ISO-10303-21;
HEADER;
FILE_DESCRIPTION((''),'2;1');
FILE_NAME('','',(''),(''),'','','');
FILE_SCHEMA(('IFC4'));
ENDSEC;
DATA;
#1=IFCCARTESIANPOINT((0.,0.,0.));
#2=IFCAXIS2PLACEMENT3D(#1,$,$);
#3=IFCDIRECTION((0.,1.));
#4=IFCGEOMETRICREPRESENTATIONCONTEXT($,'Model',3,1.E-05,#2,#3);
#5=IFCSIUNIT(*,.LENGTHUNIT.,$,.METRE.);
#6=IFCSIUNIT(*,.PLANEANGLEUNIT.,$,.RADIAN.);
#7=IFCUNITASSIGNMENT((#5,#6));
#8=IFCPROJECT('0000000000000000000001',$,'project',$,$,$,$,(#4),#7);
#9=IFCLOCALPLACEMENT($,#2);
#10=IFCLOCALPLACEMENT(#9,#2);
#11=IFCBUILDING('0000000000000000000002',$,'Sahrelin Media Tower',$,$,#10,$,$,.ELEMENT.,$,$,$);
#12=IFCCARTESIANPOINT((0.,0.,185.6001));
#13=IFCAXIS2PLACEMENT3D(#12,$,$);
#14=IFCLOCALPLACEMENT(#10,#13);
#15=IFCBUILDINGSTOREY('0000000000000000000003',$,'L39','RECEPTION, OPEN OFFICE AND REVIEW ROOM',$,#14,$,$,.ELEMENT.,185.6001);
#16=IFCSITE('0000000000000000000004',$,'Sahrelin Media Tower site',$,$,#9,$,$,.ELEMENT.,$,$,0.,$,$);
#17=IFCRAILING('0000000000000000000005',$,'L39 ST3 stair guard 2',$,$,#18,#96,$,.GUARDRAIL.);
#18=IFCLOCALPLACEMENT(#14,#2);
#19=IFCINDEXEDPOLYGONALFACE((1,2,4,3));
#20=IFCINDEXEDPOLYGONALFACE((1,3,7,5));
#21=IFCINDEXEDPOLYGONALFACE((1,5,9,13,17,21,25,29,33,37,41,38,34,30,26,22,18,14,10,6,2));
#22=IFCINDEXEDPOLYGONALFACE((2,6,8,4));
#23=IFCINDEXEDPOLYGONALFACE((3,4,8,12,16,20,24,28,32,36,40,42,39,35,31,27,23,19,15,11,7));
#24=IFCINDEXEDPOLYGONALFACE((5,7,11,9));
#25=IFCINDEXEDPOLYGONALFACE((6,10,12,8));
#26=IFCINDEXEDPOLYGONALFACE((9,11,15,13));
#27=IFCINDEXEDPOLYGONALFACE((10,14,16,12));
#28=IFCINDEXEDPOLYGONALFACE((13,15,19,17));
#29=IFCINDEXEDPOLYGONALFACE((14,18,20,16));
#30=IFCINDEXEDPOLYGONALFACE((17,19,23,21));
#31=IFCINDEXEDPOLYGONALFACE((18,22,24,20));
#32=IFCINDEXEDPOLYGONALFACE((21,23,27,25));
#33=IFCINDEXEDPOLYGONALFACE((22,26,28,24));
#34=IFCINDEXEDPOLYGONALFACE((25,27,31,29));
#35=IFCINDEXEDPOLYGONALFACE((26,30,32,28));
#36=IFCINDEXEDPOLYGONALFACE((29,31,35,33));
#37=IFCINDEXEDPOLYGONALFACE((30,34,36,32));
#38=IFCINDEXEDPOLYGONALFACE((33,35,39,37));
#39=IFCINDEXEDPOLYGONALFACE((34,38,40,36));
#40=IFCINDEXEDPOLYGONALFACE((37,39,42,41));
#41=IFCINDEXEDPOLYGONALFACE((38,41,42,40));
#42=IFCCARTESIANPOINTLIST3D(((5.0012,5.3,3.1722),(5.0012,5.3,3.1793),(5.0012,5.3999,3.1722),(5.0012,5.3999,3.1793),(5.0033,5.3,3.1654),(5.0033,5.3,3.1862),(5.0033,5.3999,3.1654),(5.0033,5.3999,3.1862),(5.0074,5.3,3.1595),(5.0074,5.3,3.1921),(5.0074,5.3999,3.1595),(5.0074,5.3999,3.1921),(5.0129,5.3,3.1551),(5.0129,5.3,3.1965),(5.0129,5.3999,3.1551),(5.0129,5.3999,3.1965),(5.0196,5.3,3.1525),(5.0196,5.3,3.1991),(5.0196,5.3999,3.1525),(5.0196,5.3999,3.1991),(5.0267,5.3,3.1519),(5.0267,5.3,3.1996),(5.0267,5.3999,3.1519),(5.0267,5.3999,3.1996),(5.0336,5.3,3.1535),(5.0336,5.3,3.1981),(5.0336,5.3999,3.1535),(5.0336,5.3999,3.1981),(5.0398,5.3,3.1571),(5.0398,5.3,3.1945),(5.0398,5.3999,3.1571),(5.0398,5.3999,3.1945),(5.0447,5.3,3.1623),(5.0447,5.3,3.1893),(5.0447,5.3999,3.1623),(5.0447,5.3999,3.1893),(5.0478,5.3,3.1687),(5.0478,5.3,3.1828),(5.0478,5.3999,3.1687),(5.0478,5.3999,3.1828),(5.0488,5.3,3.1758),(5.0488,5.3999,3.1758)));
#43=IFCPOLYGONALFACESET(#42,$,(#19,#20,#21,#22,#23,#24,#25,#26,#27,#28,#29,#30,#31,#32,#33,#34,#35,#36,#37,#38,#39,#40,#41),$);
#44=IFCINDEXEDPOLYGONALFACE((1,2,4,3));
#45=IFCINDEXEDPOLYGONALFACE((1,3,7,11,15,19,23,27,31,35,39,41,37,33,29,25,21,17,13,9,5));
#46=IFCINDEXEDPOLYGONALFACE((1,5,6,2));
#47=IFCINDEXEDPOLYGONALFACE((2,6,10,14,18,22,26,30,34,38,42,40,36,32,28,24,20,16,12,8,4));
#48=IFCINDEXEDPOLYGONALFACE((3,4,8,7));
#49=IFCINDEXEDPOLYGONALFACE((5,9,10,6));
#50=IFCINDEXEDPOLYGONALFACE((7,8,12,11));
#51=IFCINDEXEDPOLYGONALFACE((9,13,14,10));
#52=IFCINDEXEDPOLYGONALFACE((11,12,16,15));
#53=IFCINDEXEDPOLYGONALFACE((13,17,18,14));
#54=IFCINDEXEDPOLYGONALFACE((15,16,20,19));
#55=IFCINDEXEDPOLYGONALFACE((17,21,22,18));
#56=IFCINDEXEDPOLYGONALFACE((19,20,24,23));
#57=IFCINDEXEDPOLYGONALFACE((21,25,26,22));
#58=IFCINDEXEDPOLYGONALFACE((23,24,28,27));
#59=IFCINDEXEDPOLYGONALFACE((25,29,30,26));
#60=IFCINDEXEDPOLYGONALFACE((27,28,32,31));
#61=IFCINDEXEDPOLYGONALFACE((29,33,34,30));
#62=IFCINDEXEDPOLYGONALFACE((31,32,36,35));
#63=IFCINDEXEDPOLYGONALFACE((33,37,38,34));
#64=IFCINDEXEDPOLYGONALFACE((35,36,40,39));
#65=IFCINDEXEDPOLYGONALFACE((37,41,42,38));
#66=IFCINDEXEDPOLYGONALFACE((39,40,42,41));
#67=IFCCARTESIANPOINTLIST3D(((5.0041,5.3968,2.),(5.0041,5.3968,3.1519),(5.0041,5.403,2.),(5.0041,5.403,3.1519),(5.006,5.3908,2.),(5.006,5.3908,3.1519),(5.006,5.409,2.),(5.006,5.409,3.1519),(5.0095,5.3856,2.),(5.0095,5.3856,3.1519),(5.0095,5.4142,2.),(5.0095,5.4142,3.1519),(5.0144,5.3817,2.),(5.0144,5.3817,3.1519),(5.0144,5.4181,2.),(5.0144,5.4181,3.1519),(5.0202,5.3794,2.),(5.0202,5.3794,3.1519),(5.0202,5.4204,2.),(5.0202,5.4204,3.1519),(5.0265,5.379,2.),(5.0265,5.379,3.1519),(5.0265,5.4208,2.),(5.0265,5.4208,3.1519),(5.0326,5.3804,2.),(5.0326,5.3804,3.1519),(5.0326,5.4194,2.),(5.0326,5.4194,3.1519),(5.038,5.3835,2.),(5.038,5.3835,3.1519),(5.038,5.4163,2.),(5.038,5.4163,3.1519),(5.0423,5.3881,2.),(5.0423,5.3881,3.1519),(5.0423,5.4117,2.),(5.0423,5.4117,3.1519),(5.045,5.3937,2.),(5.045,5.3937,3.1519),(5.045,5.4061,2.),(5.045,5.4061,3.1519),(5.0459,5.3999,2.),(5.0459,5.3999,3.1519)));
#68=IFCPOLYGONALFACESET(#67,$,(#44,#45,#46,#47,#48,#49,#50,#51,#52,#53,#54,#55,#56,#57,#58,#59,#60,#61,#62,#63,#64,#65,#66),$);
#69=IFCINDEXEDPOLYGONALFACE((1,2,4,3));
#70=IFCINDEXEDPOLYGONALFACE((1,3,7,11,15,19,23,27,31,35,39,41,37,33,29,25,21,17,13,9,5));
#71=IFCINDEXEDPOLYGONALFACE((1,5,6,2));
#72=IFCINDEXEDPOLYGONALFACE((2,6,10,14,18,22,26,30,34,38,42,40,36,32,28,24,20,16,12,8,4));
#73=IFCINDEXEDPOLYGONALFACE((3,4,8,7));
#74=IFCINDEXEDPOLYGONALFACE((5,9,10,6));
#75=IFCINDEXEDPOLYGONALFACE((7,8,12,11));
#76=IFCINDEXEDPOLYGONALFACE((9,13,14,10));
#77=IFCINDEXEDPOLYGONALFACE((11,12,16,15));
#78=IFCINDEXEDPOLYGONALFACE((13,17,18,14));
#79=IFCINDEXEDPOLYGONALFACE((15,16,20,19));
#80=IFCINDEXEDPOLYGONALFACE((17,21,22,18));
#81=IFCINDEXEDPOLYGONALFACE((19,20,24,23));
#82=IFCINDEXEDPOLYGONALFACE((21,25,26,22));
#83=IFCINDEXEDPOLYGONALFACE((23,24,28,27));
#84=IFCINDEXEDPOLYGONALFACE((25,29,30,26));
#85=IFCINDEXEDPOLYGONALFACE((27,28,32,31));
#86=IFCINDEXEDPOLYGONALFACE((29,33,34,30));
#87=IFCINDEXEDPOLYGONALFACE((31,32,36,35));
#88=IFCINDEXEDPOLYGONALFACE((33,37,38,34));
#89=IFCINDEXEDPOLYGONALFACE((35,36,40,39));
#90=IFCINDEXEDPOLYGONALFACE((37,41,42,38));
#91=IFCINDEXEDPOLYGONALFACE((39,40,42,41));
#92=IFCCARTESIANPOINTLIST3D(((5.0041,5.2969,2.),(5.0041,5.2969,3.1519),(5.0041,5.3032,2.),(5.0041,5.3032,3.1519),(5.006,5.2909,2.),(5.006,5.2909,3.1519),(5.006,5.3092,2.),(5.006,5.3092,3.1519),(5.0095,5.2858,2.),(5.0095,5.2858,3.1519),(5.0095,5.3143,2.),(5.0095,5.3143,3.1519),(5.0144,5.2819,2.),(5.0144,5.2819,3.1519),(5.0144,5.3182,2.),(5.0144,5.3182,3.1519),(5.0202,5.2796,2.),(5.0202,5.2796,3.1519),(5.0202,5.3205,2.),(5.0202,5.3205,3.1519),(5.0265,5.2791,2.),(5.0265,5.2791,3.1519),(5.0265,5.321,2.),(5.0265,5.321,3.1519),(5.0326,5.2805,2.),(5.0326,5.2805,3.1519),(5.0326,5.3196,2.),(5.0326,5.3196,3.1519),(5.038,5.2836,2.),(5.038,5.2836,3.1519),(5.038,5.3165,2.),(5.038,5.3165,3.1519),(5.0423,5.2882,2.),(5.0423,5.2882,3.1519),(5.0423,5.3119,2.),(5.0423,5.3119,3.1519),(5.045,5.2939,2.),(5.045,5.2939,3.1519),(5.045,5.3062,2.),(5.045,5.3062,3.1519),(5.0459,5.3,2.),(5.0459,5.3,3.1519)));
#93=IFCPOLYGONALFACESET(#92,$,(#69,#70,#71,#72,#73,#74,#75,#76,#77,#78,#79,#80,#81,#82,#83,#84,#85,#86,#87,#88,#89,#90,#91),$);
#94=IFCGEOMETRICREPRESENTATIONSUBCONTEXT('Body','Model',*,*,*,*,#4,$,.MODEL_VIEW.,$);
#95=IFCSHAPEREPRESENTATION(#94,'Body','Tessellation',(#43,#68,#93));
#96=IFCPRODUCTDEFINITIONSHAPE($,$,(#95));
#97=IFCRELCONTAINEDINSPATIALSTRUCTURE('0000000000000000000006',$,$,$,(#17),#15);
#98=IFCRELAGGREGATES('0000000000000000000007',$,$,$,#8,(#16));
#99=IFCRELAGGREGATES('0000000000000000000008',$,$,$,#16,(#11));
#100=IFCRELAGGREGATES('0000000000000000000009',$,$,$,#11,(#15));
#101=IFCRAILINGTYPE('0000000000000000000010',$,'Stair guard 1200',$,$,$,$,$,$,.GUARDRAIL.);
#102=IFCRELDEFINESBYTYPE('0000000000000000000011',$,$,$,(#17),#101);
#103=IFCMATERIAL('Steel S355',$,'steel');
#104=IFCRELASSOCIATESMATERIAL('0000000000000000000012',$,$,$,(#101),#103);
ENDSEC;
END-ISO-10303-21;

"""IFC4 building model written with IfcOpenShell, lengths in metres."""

from ifc_helpers import new_model, si_unit, direction, frame, origin, origin_2d, place, context, subcontext, project, spatial, circle, extrude, material, type_object, element, save


model = new_model("IFC4")

# Units and contexts
model_context = context("Model", 3, precision=1e-05, world=origin(), true_north=direction((0.0, 1.0)))
body_context = subcontext(model_context, "Body", "Model", "MODEL_VIEW")
ifc_project = project(units=[si_unit("LENGTHUNIT", "METRE"), si_unit("PLANEANGLEUNIT", "RADIAN")], contexts=[model_context])

# Site, building, storey
site_placement = place(None, origin())
site = spatial("IfcSite", under=ifc_project, at=site_placement, Name="Sahrelin Media Tower site", CompositionType="ELEMENT", RefElevation=0.0)
building_placement = place(site_placement, origin())
building = spatial("IfcBuilding", under=site, at=building_placement, Name="Sahrelin Media Tower", CompositionType="ELEMENT")
storey_placement = place(building_placement, frame((0.0, 0.0, 185.6001)))
storey = spatial("IfcBuildingStorey", under=building, at=storey_placement, Name="L39", Description="RECEPTION, OPEN OFFICE AND REVIEW ROOM", CompositionType="ELEMENT", Elevation=185.6001)

# Shared definitions
ifc_material_1 = material(Name="Steel S355", Category="steel")

# Railing
railing_type_1 = type_object("IfcRailingType", Name="Stair guard 1200", PredefinedType="GUARDRAIL", material=ifc_material_1)
railing_1_placement = place(storey_placement, frame((5.0249, 5.3999, 2.0)))
element("IfcRailing", 1, at=railing_1_placement, inside=storey, type_object=railing_type_1, Name="L39 ST3 stair guard 2", PredefinedType="GUARDRAIL", context=body_context, shape_type="SweptSolid", body=[
    extrude(circle(Radius=0.0239, at=origin_2d()), frame((0.0, 0.0, 1.1758), z_axis=(0.0, -1.0, 0.0), x_axis=(1.0, 0.0, 0.0)), (0.0, 0.0, 1.0), 0.0999),
    extrude(circle(Radius=0.021, at=origin_2d()), origin(), (0.0, 0.0, 1.0), 1.1519),
    extrude(circle(Radius=0.021, at=origin_2d()), frame((0.0, -0.0999, 0.0)), (0.0, 0.0, 1.0), 1.1519),
])

save(model, "model.ifc")
